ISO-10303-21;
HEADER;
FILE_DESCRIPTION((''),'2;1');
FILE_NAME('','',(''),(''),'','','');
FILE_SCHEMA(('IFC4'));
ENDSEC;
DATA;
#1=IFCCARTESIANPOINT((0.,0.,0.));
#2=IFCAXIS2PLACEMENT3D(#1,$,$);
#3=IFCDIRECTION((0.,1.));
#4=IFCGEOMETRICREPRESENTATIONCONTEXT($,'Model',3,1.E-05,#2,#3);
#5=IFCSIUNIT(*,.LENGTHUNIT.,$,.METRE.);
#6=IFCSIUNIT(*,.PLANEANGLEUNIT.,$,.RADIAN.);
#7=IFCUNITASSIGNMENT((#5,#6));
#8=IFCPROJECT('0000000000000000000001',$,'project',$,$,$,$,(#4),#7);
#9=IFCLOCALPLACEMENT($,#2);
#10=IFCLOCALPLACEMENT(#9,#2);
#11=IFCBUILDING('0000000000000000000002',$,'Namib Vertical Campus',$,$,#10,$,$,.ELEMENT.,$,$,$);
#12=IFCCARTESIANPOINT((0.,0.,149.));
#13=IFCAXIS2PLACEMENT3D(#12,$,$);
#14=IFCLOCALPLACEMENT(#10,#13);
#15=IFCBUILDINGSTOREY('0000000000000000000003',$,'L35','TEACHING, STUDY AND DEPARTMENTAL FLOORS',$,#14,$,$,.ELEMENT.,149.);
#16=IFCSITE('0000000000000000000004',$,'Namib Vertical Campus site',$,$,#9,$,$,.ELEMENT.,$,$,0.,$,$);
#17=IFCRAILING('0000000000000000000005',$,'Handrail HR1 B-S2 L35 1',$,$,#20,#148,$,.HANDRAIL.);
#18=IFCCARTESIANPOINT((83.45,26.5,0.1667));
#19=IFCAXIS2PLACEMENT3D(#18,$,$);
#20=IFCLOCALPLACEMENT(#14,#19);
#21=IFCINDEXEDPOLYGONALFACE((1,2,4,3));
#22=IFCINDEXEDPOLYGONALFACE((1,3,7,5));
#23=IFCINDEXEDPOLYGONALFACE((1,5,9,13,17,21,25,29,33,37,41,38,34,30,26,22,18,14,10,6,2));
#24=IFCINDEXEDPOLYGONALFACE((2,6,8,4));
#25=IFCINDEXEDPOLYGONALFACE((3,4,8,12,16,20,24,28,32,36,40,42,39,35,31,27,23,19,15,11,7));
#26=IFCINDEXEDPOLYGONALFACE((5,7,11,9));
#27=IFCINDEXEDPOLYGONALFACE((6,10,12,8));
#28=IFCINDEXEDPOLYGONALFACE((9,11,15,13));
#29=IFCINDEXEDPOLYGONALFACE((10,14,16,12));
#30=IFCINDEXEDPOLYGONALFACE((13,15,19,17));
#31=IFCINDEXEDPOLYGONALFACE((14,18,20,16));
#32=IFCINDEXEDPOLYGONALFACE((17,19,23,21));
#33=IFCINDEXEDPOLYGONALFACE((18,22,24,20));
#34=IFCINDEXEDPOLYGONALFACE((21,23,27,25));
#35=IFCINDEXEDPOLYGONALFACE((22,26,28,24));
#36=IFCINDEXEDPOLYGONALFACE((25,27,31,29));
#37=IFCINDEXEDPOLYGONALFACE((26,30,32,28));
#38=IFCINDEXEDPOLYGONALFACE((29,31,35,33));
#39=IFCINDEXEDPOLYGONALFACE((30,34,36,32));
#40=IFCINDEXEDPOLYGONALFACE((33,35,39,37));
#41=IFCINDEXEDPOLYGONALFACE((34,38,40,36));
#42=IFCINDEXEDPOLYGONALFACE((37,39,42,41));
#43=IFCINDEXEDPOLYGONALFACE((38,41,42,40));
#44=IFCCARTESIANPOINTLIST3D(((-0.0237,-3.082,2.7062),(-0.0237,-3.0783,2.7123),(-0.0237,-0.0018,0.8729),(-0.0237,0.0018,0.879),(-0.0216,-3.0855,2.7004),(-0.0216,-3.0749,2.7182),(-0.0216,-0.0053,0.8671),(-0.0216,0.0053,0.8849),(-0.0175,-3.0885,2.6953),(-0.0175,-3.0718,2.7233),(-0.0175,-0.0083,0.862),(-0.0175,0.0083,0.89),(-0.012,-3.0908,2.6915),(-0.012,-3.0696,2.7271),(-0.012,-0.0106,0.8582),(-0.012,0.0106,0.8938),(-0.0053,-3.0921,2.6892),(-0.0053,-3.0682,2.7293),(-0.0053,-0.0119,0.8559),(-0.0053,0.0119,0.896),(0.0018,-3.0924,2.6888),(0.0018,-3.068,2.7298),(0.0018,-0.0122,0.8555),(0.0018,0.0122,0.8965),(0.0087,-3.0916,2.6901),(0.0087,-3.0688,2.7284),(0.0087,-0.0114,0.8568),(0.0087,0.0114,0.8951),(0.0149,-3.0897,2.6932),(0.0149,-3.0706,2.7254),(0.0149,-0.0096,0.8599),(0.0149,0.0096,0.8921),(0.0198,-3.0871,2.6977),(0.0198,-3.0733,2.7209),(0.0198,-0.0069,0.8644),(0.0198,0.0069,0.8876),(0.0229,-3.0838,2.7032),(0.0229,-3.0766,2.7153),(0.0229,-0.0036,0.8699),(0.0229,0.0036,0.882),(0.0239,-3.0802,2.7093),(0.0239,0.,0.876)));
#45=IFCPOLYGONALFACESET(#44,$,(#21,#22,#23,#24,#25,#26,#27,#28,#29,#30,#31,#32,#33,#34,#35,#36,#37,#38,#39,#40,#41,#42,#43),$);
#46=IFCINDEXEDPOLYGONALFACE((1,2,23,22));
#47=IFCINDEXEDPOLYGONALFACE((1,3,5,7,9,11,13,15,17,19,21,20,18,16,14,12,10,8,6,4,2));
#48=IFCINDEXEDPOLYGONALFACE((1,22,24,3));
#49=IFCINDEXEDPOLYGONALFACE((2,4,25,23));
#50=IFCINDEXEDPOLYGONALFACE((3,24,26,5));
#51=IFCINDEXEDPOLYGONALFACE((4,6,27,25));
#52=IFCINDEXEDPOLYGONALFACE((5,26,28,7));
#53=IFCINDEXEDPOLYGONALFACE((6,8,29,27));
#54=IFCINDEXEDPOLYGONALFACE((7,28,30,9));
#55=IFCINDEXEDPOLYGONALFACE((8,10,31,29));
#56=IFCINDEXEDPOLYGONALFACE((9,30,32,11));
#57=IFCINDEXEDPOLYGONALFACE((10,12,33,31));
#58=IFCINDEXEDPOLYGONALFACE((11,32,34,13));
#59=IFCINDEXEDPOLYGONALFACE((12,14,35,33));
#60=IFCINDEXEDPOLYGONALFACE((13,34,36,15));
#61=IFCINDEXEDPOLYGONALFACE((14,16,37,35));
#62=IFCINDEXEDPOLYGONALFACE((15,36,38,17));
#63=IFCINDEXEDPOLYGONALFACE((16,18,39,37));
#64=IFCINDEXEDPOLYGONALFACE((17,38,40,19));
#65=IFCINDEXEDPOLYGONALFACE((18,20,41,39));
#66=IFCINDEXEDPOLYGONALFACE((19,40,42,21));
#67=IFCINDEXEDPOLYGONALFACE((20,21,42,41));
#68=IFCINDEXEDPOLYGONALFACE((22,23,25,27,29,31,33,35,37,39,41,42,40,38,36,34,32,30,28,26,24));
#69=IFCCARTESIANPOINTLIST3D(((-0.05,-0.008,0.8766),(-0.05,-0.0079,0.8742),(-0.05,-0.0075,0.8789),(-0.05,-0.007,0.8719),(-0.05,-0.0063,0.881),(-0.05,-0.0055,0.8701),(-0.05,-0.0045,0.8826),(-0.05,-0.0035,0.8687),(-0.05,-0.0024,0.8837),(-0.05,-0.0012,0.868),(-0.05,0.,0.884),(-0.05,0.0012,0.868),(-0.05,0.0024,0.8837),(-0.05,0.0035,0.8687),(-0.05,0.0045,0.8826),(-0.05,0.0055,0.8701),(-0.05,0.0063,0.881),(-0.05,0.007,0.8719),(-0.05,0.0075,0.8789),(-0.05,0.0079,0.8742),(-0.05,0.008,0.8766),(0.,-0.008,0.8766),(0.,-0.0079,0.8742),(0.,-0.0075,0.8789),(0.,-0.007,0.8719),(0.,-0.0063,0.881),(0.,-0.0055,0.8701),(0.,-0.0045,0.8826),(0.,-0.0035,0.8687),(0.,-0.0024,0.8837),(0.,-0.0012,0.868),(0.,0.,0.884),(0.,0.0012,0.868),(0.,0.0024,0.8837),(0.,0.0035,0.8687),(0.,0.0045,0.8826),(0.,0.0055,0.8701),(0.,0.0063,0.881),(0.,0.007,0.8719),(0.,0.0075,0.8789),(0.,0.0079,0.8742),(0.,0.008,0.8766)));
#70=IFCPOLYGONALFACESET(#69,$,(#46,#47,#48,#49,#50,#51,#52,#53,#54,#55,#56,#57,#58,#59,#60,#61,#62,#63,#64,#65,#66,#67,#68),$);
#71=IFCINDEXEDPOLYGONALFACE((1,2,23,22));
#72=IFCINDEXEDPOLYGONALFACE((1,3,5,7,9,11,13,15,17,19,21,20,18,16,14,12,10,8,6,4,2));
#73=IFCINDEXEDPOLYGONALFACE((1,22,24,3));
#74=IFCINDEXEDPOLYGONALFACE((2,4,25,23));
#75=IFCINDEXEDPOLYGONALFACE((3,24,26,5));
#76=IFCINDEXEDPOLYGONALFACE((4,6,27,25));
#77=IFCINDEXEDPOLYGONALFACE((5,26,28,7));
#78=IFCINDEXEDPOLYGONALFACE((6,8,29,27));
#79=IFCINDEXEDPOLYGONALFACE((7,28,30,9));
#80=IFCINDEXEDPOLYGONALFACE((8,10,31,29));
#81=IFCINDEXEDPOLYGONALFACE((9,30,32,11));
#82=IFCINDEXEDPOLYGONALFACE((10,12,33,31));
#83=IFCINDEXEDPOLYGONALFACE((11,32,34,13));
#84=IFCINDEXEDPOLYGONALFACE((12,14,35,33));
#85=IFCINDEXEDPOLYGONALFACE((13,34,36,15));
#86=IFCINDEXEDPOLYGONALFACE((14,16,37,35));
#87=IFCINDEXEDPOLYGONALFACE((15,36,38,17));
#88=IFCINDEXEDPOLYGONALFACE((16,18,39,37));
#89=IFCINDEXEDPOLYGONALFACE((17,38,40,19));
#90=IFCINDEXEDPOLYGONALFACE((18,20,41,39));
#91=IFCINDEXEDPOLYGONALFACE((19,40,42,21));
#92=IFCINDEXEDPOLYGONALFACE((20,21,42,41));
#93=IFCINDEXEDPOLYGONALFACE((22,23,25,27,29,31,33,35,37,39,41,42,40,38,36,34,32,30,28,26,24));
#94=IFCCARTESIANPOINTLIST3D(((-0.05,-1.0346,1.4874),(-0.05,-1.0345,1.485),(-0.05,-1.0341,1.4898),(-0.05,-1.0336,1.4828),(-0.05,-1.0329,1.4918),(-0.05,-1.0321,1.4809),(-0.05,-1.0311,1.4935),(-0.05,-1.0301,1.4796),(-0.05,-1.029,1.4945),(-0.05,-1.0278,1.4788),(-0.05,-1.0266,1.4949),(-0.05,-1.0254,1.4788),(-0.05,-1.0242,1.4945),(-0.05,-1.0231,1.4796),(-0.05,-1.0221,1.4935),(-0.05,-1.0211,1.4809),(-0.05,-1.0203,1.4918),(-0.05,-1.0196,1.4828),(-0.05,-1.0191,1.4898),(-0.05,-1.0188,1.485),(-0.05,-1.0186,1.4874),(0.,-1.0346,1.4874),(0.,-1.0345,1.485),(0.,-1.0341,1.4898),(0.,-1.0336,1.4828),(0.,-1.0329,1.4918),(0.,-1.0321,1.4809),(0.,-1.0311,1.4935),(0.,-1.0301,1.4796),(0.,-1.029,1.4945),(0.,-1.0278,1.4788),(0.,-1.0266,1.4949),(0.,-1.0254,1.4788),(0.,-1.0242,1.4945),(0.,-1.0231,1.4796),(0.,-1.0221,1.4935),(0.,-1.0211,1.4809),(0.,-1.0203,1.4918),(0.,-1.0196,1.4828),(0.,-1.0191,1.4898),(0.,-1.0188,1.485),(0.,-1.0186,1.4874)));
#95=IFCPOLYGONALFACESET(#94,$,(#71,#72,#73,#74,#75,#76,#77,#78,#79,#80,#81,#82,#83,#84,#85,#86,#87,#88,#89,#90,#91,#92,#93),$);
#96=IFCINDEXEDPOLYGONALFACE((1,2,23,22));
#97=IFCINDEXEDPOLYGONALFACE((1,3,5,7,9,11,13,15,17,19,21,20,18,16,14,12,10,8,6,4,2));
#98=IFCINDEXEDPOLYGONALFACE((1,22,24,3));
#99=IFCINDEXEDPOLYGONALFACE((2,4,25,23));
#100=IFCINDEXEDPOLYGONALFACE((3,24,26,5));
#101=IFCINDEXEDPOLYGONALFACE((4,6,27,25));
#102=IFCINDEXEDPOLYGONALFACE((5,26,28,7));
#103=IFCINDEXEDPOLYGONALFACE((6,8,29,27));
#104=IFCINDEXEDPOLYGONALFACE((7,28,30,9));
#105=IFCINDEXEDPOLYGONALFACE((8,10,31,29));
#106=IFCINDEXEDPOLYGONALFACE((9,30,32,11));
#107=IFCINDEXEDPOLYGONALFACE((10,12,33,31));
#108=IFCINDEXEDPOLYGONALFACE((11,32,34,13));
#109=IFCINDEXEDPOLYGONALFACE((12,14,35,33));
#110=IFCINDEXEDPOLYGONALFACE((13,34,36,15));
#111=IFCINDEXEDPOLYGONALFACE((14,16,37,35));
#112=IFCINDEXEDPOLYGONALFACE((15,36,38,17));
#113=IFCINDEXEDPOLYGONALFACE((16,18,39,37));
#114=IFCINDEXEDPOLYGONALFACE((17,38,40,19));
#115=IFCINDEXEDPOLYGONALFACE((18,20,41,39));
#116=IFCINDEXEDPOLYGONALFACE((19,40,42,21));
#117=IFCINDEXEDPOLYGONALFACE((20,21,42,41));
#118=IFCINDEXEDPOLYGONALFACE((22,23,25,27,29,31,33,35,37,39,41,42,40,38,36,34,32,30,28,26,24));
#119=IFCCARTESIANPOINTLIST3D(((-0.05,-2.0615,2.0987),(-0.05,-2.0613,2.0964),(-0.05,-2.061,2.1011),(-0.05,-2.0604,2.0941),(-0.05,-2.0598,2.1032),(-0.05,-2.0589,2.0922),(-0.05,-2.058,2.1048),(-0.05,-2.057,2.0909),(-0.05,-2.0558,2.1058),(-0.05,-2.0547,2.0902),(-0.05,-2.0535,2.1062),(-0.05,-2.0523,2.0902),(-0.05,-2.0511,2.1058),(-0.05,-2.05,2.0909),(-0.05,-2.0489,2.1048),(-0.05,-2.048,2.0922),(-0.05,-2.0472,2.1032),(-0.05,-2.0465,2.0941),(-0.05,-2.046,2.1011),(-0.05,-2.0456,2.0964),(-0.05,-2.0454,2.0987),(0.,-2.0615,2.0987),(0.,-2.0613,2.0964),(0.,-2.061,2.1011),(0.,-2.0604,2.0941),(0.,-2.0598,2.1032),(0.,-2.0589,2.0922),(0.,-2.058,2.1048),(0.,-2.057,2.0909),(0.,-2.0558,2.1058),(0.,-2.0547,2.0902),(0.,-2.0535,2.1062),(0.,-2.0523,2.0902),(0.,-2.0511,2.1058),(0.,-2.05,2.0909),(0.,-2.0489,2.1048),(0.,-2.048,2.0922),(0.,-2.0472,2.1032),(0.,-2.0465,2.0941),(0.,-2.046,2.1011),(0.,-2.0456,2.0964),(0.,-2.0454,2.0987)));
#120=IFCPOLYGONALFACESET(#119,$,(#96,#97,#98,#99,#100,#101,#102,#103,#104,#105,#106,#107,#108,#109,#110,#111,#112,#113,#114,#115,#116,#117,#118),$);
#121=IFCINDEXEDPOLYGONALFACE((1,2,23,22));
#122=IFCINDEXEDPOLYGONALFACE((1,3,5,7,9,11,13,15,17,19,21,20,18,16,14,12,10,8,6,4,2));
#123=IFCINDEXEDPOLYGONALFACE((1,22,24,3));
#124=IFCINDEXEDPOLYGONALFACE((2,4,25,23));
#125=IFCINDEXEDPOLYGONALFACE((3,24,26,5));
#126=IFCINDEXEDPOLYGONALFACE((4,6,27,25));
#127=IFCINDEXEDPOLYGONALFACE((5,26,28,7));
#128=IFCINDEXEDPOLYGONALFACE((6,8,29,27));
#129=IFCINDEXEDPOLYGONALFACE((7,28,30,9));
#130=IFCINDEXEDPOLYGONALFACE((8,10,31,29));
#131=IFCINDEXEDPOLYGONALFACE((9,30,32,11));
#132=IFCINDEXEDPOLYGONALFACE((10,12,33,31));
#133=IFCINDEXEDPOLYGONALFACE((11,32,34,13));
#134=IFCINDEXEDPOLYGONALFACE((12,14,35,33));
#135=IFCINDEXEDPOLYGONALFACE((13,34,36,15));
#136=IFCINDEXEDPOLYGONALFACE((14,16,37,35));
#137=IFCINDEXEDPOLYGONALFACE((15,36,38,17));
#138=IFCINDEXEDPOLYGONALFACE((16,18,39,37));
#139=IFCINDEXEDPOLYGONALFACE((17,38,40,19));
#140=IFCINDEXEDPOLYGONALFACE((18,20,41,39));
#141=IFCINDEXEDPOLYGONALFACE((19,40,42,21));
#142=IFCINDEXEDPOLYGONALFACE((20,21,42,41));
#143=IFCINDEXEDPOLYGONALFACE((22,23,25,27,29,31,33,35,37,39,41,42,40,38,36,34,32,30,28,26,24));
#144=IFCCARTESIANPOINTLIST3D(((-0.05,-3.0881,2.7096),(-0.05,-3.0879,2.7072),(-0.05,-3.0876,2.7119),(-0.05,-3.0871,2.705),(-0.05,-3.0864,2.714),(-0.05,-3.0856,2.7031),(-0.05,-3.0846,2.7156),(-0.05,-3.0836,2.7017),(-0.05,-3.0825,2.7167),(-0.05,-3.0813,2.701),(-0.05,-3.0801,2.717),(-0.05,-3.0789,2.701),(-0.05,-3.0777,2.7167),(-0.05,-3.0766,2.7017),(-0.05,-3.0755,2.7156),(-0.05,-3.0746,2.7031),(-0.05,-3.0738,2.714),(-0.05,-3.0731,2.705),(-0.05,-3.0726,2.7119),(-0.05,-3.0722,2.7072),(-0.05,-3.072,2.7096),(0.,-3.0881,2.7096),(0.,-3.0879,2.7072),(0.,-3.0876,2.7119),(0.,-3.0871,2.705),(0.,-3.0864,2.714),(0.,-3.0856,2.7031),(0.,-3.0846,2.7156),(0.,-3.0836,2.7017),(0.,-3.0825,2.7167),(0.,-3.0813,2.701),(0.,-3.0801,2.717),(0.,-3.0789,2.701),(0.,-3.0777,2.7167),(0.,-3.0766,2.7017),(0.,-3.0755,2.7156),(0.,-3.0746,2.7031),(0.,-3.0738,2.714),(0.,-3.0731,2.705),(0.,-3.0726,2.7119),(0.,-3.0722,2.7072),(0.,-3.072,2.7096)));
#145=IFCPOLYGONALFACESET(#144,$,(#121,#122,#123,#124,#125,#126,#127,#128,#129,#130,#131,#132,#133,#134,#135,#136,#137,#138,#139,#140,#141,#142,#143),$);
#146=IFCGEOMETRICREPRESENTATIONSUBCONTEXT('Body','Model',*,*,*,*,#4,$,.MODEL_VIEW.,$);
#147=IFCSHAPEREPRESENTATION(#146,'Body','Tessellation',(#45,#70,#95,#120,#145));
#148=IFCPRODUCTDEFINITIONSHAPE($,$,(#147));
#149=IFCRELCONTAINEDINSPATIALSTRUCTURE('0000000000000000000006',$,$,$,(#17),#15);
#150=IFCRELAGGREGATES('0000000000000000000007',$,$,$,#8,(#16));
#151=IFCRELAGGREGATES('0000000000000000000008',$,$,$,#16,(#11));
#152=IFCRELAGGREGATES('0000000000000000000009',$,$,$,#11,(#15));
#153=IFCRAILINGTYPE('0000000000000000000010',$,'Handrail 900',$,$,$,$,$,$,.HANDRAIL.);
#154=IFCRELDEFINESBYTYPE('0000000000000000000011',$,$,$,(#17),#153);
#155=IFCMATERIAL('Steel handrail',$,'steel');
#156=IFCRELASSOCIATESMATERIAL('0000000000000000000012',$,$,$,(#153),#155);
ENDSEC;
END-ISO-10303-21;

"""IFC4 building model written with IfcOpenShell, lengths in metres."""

from ifc_helpers import new_model, si_unit, direction, frame, origin, origin_2d, place, context, subcontext, project, spatial, circle, extrude, material, type_object, element, save


model = new_model("IFC4")

# Units and contexts
model_context = context("Model", 3, precision=1e-05, world=origin(), true_north=direction((0.0, 1.0)))
body_context = subcontext(model_context, "Body", "Model", "MODEL_VIEW")
ifc_project = project(units=[si_unit("LENGTHUNIT", "METRE"), si_unit("PLANEANGLEUNIT", "RADIAN")], contexts=[model_context])

# Site, building, storey
site_placement = place(None, origin())
site = spatial("IfcSite", under=ifc_project, at=site_placement, Name="Namib Vertical Campus site", CompositionType="ELEMENT", RefElevation=0.0)
building_placement = place(site_placement, origin())
building = spatial("IfcBuilding", under=site, at=building_placement, Name="Namib Vertical Campus", CompositionType="ELEMENT")
storey_placement = place(building_placement, frame((0.0, 0.0, 149.0)))
storey = spatial("IfcBuildingStorey", under=building, at=storey_placement, Name="L35", Description="TEACHING, STUDY AND DEPARTMENTAL FLOORS", CompositionType="ELEMENT", Elevation=149.0)

# Railing
ifc_material_1 = material(Name="Steel handrail", Category="steel")
railing_type_1 = type_object("IfcRailingType", Name="Handrail 900", PredefinedType="HANDRAIL", material=ifc_material_1)
railing_1_placement = place(storey_placement, frame((83.45, 26.5, 0.1667)))
element("IfcRailing", 1, at=railing_1_placement, inside=storey, type_object=railing_type_1, Name="Handrail HR1 B-S2 L35 1", PredefinedType="HANDRAIL", context=body_context, shape_type="SweptSolid", body=[
    extrude(circle(Radius=0.0239, at=origin_2d()), frame((0.0, 0.0, 0.876), z_axis=(0.0, -0.859309, 0.511458), x_axis=(1.0, 0.0, 0.0)), (0.0, 0.0, 1.0), 3.5845),
    extrude(circle(Radius=0.0081, at=origin_2d()), frame((0.0, 0.0, 0.876), z_axis=(-1.0, 0.0, 0.0), x_axis=(0.0, 0.0, 1.0)), (0.0, 0.0, 1.0), 0.05),
    extrude(circle(Radius=0.0081, at=origin_2d()), frame((0.0, -1.0266, 1.4868), z_axis=(-1.0, 0.0, 0.0), x_axis=(0.0, 0.0, 1.0)), (0.0, 0.0, 1.0), 0.05),
    extrude(circle(Radius=0.0081, at=origin_2d()), frame((0.0, -2.0535, 2.0981), z_axis=(-1.0, 0.0, 0.0), x_axis=(0.0, 0.0, 1.0)), (0.0, 0.0, 1.0), 0.05),
    extrude(circle(Radius=0.0081, at=origin_2d()), frame((0.0, -3.0801, 2.709), z_axis=(-1.0, 0.0, 0.0), x_axis=(0.0, 0.0, 1.0)), (0.0, 0.0, 1.0), 0.05),
])

save(model, "model.ifc")
